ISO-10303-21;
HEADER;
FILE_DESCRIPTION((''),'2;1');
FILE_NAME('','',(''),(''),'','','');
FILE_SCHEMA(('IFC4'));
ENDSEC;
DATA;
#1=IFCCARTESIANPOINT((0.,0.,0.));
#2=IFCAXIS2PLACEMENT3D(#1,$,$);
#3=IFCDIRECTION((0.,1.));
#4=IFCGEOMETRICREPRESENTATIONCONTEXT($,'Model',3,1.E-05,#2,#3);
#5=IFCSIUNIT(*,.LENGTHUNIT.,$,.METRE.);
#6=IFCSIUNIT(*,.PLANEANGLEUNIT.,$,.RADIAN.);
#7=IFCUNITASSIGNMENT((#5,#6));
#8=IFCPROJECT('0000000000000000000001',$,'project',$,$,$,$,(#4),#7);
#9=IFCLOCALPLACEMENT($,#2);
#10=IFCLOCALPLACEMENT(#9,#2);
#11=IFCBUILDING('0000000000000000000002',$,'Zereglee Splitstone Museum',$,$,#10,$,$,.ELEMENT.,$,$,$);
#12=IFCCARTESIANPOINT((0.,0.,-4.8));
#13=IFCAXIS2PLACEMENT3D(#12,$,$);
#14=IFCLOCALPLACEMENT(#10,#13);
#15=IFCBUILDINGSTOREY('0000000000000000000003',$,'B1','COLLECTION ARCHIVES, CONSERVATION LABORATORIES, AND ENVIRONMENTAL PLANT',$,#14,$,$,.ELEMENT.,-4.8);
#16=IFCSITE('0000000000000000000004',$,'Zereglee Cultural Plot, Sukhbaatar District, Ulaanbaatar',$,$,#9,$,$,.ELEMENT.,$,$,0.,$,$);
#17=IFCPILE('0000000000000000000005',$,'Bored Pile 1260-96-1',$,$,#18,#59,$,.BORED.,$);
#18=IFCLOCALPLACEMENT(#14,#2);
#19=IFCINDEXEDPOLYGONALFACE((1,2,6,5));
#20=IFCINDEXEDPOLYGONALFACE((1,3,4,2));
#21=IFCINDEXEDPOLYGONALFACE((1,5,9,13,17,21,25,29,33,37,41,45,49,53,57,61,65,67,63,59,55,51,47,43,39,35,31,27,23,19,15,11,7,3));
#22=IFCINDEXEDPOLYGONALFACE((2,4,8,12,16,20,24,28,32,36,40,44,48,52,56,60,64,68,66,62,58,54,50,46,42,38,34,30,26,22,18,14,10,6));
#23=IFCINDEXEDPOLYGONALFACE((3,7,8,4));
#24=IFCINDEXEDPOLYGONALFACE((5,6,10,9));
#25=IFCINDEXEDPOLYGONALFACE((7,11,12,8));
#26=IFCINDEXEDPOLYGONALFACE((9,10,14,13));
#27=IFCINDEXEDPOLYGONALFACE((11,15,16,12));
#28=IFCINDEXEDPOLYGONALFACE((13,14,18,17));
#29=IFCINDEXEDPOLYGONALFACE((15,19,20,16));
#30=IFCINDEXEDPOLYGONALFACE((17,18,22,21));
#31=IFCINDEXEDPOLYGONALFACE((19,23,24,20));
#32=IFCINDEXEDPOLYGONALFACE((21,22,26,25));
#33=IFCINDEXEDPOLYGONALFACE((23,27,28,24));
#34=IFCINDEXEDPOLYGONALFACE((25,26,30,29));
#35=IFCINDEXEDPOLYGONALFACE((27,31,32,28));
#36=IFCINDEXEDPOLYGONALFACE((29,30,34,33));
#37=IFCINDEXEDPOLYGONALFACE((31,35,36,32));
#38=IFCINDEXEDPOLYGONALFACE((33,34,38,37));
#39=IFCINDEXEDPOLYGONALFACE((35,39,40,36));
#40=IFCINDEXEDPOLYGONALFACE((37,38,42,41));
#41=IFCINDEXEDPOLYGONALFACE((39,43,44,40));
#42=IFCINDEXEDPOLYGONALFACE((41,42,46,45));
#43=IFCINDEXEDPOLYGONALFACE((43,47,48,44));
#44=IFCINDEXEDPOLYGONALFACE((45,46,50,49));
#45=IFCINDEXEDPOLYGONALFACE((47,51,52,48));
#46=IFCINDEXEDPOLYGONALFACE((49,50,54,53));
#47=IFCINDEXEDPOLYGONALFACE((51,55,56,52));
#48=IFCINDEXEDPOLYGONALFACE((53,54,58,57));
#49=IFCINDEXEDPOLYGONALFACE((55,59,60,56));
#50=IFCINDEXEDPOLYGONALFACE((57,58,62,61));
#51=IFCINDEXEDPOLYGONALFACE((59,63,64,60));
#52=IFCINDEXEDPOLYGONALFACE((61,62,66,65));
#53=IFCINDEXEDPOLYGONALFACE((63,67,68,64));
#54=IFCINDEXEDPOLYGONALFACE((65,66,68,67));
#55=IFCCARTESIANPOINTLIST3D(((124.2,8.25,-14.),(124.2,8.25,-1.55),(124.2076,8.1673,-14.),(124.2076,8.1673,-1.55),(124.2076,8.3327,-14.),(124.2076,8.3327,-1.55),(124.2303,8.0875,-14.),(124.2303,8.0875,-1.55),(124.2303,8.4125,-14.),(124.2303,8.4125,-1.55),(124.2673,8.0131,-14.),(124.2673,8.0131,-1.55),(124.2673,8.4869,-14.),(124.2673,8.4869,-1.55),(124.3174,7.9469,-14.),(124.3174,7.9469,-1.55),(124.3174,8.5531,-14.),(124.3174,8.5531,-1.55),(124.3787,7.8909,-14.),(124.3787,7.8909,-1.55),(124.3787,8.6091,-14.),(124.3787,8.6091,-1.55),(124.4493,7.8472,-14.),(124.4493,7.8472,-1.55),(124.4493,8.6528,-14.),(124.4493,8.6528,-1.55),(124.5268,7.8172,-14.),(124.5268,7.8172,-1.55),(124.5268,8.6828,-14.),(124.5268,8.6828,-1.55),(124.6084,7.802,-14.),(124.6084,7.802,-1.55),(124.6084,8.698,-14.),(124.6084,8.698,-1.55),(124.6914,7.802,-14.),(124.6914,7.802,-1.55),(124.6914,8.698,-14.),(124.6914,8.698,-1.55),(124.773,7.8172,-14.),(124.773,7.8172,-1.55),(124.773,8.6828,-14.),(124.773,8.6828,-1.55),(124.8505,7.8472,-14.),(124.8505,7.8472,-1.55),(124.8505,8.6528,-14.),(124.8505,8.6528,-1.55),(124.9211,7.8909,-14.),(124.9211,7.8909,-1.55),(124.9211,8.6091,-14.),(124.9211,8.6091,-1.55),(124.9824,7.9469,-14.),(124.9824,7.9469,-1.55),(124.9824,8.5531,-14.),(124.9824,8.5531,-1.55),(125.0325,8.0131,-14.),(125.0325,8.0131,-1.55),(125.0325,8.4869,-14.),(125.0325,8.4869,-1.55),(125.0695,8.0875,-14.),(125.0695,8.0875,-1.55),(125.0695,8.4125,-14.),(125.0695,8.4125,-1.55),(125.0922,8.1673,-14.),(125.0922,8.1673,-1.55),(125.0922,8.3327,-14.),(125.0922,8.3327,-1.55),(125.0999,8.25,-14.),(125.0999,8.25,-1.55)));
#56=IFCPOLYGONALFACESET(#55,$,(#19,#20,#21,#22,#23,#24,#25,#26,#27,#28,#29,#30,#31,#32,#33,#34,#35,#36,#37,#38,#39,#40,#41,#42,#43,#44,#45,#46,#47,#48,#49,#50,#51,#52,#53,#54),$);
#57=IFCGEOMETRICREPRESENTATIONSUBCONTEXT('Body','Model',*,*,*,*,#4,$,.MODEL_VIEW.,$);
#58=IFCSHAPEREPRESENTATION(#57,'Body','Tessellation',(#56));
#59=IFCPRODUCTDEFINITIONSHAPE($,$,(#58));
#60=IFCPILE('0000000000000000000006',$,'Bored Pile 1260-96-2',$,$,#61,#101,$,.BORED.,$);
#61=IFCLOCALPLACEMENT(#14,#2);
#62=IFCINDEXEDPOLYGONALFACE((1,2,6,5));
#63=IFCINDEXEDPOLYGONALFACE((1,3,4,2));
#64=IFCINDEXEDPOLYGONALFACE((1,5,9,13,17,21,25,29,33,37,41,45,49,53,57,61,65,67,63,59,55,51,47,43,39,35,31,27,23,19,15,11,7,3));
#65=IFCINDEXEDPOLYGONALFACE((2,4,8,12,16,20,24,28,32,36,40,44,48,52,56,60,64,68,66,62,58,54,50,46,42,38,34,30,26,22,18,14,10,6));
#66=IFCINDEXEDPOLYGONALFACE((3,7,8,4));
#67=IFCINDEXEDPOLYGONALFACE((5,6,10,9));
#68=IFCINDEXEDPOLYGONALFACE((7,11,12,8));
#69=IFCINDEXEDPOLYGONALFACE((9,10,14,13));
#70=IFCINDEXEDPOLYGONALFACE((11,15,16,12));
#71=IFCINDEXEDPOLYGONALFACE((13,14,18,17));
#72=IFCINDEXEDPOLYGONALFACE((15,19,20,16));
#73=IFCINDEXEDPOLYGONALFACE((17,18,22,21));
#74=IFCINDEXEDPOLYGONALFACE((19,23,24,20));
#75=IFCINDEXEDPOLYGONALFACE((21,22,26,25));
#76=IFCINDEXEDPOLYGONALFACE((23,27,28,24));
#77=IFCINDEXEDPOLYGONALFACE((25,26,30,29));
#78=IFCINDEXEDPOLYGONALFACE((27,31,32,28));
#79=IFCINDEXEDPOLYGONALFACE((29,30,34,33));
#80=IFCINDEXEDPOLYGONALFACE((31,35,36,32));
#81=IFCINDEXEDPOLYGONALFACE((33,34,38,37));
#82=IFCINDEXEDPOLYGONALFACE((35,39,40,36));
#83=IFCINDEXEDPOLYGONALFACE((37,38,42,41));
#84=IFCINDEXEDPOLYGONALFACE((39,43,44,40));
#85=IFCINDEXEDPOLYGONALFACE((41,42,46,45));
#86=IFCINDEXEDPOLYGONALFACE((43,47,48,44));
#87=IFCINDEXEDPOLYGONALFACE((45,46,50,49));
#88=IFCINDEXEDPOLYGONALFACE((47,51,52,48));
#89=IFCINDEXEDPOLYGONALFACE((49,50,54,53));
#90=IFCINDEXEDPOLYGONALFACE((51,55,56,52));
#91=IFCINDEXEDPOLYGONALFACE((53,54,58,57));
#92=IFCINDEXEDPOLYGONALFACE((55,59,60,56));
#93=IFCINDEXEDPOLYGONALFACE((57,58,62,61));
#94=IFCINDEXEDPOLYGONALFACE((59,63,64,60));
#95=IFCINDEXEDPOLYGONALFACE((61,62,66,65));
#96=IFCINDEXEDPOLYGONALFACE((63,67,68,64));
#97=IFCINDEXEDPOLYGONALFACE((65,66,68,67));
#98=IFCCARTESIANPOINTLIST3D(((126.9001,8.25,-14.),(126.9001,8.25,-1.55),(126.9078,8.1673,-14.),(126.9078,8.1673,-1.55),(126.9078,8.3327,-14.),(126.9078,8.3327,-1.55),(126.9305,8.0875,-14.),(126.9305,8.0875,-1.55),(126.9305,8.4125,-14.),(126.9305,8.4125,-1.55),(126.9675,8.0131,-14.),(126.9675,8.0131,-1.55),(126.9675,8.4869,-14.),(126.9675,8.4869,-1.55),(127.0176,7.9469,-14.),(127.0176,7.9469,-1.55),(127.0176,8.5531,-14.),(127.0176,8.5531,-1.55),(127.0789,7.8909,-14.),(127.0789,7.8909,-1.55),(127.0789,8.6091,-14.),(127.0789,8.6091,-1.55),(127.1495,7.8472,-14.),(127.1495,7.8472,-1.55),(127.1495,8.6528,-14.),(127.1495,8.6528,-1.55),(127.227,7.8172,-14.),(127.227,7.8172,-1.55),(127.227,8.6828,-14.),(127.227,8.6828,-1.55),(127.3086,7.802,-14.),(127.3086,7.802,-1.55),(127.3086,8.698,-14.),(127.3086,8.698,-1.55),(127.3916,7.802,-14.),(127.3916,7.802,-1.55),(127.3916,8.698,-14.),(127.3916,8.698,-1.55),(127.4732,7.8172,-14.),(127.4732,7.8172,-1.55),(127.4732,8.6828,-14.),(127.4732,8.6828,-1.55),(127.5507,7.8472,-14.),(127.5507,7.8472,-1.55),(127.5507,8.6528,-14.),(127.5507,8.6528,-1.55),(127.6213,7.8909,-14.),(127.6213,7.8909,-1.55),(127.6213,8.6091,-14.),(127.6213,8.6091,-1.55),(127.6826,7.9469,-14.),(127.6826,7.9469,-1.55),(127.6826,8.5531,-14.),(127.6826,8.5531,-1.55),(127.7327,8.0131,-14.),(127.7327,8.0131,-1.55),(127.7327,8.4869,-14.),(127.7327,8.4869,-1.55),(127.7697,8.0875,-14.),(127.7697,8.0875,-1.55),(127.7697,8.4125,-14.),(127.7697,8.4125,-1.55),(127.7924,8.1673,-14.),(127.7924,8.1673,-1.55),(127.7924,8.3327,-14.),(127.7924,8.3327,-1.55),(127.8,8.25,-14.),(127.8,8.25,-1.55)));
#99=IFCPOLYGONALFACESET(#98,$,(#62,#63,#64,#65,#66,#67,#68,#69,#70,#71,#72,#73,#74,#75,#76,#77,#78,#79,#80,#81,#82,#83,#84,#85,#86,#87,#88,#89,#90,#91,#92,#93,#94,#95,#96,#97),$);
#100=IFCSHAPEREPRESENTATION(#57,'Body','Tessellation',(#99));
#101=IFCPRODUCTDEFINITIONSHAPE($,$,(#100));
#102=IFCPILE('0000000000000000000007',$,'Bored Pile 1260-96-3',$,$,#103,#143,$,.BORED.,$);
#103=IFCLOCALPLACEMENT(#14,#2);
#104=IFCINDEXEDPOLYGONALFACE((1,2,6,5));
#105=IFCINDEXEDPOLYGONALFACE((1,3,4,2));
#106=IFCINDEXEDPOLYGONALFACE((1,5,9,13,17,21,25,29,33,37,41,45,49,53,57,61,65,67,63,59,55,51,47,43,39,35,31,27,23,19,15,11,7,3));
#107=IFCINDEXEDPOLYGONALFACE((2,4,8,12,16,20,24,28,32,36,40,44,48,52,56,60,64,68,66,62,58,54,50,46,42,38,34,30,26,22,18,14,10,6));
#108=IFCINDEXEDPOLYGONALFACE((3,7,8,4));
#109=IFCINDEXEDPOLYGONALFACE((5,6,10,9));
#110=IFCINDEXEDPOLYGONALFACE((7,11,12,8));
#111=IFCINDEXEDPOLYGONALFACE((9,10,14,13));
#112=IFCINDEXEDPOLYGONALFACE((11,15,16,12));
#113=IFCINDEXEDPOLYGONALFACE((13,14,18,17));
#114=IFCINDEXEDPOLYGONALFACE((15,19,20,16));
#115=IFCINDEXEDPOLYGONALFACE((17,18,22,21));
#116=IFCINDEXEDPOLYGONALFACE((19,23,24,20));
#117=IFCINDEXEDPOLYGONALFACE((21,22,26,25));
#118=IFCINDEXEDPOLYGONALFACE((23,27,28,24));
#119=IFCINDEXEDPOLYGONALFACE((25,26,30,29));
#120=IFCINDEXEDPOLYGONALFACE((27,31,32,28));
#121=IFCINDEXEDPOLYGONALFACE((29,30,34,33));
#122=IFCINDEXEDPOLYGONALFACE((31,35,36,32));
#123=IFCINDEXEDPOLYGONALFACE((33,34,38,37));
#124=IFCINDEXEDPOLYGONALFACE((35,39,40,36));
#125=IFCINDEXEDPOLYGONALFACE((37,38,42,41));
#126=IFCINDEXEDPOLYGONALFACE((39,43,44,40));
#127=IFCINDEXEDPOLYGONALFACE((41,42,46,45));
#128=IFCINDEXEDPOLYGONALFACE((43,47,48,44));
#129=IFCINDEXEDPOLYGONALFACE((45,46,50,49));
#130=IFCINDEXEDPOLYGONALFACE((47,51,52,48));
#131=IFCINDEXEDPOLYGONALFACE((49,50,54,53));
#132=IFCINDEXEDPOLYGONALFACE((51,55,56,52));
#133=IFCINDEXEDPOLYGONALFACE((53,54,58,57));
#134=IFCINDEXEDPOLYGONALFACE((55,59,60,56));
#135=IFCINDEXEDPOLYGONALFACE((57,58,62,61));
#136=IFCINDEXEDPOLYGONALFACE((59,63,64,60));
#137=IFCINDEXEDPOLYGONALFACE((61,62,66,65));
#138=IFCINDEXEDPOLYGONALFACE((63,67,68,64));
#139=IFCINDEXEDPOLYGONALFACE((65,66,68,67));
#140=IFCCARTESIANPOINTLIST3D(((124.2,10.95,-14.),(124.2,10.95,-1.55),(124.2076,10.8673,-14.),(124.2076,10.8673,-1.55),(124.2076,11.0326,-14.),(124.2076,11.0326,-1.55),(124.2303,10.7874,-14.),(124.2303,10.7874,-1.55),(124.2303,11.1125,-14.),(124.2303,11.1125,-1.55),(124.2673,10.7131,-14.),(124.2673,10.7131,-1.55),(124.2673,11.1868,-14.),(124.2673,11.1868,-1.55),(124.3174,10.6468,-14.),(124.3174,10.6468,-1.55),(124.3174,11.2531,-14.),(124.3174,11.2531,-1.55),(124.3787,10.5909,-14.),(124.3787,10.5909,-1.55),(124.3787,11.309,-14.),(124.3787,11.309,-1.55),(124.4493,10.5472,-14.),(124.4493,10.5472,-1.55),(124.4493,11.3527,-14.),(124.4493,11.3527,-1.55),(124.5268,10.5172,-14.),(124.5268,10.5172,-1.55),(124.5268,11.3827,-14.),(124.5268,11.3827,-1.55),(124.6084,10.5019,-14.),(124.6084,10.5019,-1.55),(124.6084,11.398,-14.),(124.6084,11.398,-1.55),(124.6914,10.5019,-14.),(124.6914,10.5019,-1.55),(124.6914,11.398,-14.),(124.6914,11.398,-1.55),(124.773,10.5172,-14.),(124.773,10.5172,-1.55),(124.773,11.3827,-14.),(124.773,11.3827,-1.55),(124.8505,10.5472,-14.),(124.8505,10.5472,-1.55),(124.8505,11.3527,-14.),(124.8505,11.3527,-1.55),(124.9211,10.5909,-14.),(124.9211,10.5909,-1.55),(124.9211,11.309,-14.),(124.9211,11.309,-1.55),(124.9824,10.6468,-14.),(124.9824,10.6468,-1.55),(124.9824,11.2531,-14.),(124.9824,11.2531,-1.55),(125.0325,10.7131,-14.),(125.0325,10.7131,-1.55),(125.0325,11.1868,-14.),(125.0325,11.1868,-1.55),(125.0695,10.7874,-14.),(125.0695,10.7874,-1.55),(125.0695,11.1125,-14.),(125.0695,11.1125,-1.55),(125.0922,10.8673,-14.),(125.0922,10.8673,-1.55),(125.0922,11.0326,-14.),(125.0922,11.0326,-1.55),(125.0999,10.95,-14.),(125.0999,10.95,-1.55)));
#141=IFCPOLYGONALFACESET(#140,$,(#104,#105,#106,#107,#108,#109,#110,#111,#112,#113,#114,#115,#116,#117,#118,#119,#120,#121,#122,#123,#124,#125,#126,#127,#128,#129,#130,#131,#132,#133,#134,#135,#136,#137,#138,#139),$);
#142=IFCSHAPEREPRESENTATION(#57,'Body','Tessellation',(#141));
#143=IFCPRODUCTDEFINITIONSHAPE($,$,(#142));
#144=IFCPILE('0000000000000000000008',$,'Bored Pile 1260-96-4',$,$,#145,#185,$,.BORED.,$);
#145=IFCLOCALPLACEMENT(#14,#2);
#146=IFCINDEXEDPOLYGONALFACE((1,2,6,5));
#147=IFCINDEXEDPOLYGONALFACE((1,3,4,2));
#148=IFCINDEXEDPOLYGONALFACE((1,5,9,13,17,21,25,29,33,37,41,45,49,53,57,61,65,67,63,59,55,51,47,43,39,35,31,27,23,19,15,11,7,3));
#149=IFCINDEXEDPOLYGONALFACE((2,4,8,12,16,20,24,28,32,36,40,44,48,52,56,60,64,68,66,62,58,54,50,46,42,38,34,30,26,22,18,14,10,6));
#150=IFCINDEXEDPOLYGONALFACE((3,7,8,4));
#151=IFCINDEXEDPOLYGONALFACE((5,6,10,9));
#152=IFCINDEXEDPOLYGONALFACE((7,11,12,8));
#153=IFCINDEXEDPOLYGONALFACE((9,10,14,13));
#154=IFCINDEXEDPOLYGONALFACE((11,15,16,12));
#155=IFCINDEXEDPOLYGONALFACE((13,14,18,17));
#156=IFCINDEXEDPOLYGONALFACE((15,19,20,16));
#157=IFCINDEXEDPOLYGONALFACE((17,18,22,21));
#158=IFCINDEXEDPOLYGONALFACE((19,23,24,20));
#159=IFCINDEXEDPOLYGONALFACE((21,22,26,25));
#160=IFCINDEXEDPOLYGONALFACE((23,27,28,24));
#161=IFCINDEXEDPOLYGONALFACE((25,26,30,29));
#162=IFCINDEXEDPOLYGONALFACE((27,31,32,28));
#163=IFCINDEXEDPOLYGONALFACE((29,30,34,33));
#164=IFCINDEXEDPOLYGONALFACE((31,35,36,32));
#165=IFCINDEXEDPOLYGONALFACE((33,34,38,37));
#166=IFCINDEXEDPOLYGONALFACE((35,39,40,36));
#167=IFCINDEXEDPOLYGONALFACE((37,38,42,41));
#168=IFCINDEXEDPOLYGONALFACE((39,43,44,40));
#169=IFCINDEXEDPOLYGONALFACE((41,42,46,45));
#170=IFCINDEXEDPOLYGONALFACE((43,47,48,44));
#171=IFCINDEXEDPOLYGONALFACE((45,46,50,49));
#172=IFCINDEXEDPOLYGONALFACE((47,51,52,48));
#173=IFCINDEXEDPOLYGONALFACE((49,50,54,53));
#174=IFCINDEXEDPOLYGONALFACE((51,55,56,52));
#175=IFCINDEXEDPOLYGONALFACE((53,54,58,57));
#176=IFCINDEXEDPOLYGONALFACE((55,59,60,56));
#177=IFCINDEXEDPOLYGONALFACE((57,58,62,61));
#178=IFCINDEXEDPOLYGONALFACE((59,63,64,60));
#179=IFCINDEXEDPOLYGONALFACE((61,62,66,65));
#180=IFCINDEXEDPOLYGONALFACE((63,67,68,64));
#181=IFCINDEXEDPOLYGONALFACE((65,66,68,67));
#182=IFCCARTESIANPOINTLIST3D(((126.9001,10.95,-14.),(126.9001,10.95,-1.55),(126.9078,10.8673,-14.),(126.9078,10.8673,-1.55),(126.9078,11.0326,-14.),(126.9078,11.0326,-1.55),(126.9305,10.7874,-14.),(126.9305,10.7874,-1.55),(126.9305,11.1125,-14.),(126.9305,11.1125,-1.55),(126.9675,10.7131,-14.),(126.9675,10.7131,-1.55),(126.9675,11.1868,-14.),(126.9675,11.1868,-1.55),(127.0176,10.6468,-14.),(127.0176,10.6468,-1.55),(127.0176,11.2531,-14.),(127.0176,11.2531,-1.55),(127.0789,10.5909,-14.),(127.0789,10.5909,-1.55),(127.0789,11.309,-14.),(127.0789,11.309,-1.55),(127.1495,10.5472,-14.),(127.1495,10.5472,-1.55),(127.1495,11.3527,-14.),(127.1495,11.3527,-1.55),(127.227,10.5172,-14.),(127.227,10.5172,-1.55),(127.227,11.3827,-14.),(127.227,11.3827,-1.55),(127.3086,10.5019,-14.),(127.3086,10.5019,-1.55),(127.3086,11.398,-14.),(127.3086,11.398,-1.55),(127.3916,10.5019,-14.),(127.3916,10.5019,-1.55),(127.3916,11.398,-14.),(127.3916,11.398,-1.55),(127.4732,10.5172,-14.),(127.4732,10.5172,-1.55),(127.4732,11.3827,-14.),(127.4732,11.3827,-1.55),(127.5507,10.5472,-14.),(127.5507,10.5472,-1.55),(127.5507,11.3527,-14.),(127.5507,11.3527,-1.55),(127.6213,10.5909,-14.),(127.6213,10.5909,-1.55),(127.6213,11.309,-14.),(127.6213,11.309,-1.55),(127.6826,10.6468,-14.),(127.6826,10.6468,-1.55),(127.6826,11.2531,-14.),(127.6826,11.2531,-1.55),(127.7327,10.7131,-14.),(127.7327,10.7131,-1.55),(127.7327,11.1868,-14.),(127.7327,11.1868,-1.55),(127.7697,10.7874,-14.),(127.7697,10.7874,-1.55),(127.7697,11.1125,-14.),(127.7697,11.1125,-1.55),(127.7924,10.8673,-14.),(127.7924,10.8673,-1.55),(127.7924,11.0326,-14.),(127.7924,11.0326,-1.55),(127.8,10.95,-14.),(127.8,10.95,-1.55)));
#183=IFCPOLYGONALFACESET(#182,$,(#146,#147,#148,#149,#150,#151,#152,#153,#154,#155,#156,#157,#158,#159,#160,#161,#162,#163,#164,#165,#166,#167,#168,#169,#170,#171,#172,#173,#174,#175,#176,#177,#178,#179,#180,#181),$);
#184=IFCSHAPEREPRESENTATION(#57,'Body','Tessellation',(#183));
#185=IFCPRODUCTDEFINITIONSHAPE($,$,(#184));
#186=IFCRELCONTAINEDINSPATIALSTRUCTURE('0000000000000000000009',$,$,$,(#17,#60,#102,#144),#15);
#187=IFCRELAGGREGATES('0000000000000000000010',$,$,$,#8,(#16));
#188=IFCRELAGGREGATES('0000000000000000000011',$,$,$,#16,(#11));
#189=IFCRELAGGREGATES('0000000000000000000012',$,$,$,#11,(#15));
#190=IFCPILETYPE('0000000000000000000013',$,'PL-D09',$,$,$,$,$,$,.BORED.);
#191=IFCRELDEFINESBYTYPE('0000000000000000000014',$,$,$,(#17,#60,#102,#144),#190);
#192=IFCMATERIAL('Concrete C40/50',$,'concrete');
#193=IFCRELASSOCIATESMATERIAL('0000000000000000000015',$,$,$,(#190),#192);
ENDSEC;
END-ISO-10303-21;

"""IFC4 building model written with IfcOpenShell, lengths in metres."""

from ifc_helpers import new_model, si_unit, direction, frame, origin, origin_2d, place, context, subcontext, project, spatial, circle, extrude, material, material_profile, profile_set, type_object, element, save


model = new_model("IFC4")

# Units and contexts
model_context = context("Model", 3, precision=1e-05, world=origin(), true_north=direction((0.0, 1.0)))
body_context = subcontext(model_context, "Body", "Model", "MODEL_VIEW")
ifc_project = project(units=[si_unit("LENGTHUNIT", "METRE"), si_unit("PLANEANGLEUNIT", "RADIAN")], contexts=[model_context])

# Site, building, storey
site_placement = place(None, origin())
site = spatial("IfcSite", under=ifc_project, at=site_placement, Name="Zereglee Cultural Plot, Sukhbaatar District, Ulaanbaatar", CompositionType="ELEMENT", RefElevation=0.0)
building_placement = place(site_placement, origin())
building = spatial("IfcBuilding", under=site, at=building_placement, Name="Zereglee Splitstone Museum", CompositionType="ELEMENT")
storey_placement = place(building_placement, frame((0.0, 0.0, -4.8)))
storey = spatial("IfcBuildingStorey", under=building, at=storey_placement, Name="B1", Description="COLLECTION ARCHIVES, CONSERVATION LABORATORIES, AND ENVIRONMENTAL PLANT", CompositionType="ELEMENT", Elevation=-4.8)

# Shared definitions
ifc_material_1 = material(Name="Concrete C40/50", Category="concrete")

# Piles
ifc_material_profile_1 = material_profile(ifc_material_1, circle(Radius=0.45, at=origin_2d()), Name="PILE D900")
ifc_profile_set_1 = profile_set([ifc_material_profile_1], Name="Concrete C40/50")
pile_type = type_object("IfcPileType", Name="PL-D09", PredefinedType="BORED", material=ifc_profile_set_1)
for number, where, z_axis, x_axis, name in (
    (1, (124.6499, 8.25, -1.55), (0.0, 0.0, -1.0), (1.0, 0.0, 0.0), "Bored Pile 1260-96-1"),
    (2, (127.3501, 8.25, -1.55), (0.0, 0.0, -1.0), (1.0, 0.0, 0.0), "Bored Pile 1260-96-2"),
    (3, (124.6499, 10.95, -1.55), (0.0, 0.0, -1.0), (1.0, 0.0, 0.0), "Bored Pile 1260-96-3"),
    (4, (127.3501, 10.95, -1.55), (0.0, 0.0, -1.0), (1.0, 0.0, 0.0), "Bored Pile 1260-96-4"),
):
    element("IfcPile", number, at=place(storey_placement, frame(where, z_axis=z_axis, x_axis=x_axis)), inside=storey, type_object=pile_type, Name=name, PredefinedType="BORED", context=body_context, shape_type="SweptSolid", body=[
        extrude(circle(Radius=0.45, at=origin_2d()), origin(), (0.0, 0.0, 1.0), 12.45),
    ])

save(model, "model.ifc")
